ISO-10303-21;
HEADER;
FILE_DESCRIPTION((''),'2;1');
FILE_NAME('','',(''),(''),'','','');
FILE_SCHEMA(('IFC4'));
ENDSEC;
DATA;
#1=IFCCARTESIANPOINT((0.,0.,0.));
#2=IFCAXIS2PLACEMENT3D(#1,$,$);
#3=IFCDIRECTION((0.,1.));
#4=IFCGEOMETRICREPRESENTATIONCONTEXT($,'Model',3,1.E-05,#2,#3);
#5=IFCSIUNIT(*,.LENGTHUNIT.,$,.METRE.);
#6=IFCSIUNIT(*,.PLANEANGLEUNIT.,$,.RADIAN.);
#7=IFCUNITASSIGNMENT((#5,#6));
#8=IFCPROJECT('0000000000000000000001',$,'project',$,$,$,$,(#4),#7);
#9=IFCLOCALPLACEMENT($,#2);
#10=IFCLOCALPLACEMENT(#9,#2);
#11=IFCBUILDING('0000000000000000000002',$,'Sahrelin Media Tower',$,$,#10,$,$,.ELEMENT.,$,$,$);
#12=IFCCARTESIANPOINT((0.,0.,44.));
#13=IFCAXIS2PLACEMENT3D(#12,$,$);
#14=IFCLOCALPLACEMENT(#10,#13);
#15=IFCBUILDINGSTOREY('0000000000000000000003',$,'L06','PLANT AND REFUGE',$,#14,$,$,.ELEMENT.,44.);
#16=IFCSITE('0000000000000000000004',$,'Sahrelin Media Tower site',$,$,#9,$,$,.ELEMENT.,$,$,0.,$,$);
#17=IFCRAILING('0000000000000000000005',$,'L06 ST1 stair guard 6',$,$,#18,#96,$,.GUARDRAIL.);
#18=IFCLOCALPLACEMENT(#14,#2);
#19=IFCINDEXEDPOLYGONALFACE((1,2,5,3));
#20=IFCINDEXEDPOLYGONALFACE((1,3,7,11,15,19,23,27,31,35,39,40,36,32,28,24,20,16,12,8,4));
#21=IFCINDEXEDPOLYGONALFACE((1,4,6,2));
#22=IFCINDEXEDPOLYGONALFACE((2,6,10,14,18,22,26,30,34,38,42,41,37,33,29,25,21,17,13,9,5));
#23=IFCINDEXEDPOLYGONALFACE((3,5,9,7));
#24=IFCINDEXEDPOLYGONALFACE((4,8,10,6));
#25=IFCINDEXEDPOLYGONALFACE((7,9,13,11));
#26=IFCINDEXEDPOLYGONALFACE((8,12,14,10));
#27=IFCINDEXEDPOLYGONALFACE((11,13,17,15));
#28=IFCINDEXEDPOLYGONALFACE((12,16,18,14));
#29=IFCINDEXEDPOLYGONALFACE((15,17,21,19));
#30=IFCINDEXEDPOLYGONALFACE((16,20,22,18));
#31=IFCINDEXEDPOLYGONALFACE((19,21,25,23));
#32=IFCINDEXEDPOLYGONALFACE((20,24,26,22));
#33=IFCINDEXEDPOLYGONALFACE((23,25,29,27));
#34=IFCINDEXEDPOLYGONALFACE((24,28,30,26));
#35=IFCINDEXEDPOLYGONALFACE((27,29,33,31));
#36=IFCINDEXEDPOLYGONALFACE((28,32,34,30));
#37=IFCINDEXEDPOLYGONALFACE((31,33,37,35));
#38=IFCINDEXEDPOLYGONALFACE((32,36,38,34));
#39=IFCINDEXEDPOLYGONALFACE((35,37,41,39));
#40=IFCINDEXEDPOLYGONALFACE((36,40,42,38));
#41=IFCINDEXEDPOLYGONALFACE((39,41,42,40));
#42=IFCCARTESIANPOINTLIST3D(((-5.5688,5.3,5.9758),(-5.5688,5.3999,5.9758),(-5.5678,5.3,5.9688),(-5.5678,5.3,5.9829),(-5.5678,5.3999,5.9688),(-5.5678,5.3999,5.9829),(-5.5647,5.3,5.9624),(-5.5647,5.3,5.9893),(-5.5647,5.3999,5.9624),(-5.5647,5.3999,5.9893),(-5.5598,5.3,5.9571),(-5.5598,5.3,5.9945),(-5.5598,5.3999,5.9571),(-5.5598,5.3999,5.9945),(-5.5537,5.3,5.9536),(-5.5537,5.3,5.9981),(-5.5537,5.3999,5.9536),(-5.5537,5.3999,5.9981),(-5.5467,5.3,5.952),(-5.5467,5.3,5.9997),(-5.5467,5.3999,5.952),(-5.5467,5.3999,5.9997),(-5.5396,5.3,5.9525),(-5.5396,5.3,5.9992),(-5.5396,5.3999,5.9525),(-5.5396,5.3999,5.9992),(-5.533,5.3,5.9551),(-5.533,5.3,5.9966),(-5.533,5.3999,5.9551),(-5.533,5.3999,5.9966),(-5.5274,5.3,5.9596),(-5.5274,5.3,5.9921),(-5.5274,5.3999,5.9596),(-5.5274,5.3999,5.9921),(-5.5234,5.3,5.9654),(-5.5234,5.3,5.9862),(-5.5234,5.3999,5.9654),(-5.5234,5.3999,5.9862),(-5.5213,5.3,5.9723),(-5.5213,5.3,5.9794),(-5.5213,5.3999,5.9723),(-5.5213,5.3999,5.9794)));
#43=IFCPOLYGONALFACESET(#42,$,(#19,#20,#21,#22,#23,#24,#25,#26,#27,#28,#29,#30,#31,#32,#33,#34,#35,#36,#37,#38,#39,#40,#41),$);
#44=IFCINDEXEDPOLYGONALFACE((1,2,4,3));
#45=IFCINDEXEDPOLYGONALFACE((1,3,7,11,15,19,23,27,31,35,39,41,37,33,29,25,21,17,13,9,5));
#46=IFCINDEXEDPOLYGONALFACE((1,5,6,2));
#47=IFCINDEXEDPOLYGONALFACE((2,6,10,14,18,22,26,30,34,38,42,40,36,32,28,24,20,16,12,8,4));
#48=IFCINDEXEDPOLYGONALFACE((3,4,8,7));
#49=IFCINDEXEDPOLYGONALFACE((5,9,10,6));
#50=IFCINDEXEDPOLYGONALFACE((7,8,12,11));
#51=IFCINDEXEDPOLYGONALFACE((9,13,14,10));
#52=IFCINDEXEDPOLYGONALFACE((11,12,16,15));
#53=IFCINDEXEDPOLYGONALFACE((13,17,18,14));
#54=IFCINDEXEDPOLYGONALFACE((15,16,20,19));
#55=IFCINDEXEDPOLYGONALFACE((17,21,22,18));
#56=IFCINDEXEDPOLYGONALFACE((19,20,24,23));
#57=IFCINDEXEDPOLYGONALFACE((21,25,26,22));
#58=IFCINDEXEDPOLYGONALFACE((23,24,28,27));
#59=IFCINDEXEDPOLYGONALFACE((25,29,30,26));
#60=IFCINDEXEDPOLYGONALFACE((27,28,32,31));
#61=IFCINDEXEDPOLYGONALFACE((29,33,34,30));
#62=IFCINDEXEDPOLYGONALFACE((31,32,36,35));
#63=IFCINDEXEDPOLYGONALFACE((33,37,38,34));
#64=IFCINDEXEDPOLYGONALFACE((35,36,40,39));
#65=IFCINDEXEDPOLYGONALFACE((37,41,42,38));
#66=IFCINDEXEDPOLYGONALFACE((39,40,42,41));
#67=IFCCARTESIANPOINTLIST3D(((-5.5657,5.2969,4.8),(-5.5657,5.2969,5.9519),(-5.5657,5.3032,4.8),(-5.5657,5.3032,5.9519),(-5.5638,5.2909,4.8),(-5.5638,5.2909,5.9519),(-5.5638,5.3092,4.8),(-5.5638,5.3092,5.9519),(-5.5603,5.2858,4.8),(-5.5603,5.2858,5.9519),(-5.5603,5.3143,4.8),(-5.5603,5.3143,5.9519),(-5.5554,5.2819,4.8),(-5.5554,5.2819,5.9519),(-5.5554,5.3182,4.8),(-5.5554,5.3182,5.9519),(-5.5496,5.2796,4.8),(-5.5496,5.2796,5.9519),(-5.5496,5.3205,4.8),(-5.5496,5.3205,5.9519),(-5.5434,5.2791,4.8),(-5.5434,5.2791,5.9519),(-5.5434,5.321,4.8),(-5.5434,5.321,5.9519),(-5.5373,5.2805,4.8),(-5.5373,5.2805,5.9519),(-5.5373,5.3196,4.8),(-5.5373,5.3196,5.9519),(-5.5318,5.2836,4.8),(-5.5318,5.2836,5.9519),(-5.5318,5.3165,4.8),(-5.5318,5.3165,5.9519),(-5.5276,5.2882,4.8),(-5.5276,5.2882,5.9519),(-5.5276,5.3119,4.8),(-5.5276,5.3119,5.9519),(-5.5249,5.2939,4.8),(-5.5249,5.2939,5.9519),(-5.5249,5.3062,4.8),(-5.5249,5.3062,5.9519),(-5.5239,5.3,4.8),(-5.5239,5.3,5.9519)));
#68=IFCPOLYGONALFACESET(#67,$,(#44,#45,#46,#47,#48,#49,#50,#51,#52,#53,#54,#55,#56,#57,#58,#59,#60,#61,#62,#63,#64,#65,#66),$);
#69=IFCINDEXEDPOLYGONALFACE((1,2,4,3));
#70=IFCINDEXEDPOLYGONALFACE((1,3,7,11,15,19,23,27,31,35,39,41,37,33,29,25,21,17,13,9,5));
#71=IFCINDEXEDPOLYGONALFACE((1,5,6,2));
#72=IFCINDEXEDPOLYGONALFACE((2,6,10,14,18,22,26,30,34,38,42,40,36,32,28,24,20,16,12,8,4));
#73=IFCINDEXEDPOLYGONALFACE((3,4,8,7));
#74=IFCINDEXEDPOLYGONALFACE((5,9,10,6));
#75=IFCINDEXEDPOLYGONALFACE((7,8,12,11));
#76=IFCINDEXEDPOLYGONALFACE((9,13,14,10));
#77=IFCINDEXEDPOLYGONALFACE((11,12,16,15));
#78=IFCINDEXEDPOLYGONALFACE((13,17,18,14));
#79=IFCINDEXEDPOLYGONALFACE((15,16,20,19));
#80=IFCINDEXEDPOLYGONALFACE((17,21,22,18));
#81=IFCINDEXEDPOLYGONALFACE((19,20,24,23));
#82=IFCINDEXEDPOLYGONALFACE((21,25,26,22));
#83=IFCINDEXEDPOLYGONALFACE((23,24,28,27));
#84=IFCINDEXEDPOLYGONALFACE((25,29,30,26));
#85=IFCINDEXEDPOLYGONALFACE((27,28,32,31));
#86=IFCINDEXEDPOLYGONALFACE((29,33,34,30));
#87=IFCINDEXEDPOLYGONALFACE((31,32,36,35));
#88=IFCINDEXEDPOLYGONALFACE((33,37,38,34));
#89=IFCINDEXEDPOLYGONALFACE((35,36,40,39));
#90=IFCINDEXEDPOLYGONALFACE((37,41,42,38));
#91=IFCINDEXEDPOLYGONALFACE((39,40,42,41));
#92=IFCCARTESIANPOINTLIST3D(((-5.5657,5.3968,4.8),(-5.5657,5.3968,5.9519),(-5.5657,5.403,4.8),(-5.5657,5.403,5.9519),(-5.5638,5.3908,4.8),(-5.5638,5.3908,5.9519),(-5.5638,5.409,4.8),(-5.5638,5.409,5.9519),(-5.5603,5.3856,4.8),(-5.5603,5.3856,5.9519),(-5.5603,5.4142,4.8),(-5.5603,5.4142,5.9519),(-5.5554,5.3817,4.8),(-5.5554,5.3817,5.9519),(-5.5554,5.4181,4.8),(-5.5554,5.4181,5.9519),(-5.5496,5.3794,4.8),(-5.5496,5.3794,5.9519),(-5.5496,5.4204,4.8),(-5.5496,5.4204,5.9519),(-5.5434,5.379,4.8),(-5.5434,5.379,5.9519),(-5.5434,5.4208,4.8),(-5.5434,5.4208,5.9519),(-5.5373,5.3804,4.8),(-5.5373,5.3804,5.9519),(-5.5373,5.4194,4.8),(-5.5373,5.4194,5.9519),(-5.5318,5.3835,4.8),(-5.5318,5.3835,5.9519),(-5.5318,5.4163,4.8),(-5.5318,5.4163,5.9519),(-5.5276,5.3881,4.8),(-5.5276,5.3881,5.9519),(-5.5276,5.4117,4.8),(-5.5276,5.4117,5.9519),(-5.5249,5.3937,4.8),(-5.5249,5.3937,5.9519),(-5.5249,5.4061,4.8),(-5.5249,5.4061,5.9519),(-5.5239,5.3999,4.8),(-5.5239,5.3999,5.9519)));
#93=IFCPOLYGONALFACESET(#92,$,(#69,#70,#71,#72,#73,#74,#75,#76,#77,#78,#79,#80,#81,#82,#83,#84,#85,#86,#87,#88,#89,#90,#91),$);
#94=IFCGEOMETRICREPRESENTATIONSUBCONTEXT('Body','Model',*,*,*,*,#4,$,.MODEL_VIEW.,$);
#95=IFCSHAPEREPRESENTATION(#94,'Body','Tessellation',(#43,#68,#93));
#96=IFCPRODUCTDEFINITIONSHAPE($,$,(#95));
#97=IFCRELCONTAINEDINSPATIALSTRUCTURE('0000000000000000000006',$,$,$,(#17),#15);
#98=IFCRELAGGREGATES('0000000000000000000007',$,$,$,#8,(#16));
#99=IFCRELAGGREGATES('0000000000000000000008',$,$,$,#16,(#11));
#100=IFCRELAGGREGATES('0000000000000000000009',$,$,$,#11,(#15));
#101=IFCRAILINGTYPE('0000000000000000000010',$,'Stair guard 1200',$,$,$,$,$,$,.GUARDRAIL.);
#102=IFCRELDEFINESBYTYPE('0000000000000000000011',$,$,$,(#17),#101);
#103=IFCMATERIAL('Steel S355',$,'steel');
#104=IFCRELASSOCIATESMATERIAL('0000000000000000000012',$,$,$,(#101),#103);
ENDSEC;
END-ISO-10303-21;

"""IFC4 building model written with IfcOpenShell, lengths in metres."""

from ifc_helpers import new_model, si_unit, direction, frame, origin, origin_2d, place, context, subcontext, project, spatial, circle, extrude, material, type_object, element, save


model = new_model("IFC4")

# Units and contexts
model_context = context("Model", 3, precision=1e-05, world=origin(), true_north=direction((0.0, 1.0)))
body_context = subcontext(model_context, "Body", "Model", "MODEL_VIEW")
ifc_project = project(units=[si_unit("LENGTHUNIT", "METRE"), si_unit("PLANEANGLEUNIT", "RADIAN")], contexts=[model_context])

# Site, building, storey
site_placement = place(None, origin())
site = spatial("IfcSite", under=ifc_project, at=site_placement, Name="Sahrelin Media Tower site", CompositionType="ELEMENT", RefElevation=0.0)
building_placement = place(site_placement, origin())
building = spatial("IfcBuilding", under=site, at=building_placement, Name="Sahrelin Media Tower", CompositionType="ELEMENT")
storey_placement = place(building_placement, frame((0.0, 0.0, 44.0)))
storey = spatial("IfcBuildingStorey", under=building, at=storey_placement, Name="L06", Description="PLANT AND REFUGE", CompositionType="ELEMENT", Elevation=44.0)

# Railing
ifc_material_1 = material(Name="Steel S355", Category="steel")
railing_type_1 = type_object("IfcRailingType", Name="Stair guard 1200", PredefinedType="GUARDRAIL", material=ifc_material_1)
railing_1_placement = place(storey_placement, frame((-5.5449, 5.3, 4.8)))
element("IfcRailing", 1, at=railing_1_placement, inside=storey, type_object=railing_type_1, Name="L06 ST1 stair guard 6", PredefinedType="GUARDRAIL", context=body_context, shape_type="SweptSolid", body=[
    extrude(circle(Radius=0.0239, at=origin_2d()), frame((0.0, 0.0, 1.1758), z_axis=(0.0, 1.0, 0.0), x_axis=(-1.0, 0.0, 0.0)), (0.0, 0.0, 1.0), 0.0999),
    extrude(circle(Radius=0.021, at=origin_2d()), origin(), (0.0, 0.0, 1.0), 1.1519),
    extrude(circle(Radius=0.021, at=origin_2d()), frame((0.0, 0.0999, 0.0)), (0.0, 0.0, 1.0), 1.1519),
])

save(model, "model.ifc")
